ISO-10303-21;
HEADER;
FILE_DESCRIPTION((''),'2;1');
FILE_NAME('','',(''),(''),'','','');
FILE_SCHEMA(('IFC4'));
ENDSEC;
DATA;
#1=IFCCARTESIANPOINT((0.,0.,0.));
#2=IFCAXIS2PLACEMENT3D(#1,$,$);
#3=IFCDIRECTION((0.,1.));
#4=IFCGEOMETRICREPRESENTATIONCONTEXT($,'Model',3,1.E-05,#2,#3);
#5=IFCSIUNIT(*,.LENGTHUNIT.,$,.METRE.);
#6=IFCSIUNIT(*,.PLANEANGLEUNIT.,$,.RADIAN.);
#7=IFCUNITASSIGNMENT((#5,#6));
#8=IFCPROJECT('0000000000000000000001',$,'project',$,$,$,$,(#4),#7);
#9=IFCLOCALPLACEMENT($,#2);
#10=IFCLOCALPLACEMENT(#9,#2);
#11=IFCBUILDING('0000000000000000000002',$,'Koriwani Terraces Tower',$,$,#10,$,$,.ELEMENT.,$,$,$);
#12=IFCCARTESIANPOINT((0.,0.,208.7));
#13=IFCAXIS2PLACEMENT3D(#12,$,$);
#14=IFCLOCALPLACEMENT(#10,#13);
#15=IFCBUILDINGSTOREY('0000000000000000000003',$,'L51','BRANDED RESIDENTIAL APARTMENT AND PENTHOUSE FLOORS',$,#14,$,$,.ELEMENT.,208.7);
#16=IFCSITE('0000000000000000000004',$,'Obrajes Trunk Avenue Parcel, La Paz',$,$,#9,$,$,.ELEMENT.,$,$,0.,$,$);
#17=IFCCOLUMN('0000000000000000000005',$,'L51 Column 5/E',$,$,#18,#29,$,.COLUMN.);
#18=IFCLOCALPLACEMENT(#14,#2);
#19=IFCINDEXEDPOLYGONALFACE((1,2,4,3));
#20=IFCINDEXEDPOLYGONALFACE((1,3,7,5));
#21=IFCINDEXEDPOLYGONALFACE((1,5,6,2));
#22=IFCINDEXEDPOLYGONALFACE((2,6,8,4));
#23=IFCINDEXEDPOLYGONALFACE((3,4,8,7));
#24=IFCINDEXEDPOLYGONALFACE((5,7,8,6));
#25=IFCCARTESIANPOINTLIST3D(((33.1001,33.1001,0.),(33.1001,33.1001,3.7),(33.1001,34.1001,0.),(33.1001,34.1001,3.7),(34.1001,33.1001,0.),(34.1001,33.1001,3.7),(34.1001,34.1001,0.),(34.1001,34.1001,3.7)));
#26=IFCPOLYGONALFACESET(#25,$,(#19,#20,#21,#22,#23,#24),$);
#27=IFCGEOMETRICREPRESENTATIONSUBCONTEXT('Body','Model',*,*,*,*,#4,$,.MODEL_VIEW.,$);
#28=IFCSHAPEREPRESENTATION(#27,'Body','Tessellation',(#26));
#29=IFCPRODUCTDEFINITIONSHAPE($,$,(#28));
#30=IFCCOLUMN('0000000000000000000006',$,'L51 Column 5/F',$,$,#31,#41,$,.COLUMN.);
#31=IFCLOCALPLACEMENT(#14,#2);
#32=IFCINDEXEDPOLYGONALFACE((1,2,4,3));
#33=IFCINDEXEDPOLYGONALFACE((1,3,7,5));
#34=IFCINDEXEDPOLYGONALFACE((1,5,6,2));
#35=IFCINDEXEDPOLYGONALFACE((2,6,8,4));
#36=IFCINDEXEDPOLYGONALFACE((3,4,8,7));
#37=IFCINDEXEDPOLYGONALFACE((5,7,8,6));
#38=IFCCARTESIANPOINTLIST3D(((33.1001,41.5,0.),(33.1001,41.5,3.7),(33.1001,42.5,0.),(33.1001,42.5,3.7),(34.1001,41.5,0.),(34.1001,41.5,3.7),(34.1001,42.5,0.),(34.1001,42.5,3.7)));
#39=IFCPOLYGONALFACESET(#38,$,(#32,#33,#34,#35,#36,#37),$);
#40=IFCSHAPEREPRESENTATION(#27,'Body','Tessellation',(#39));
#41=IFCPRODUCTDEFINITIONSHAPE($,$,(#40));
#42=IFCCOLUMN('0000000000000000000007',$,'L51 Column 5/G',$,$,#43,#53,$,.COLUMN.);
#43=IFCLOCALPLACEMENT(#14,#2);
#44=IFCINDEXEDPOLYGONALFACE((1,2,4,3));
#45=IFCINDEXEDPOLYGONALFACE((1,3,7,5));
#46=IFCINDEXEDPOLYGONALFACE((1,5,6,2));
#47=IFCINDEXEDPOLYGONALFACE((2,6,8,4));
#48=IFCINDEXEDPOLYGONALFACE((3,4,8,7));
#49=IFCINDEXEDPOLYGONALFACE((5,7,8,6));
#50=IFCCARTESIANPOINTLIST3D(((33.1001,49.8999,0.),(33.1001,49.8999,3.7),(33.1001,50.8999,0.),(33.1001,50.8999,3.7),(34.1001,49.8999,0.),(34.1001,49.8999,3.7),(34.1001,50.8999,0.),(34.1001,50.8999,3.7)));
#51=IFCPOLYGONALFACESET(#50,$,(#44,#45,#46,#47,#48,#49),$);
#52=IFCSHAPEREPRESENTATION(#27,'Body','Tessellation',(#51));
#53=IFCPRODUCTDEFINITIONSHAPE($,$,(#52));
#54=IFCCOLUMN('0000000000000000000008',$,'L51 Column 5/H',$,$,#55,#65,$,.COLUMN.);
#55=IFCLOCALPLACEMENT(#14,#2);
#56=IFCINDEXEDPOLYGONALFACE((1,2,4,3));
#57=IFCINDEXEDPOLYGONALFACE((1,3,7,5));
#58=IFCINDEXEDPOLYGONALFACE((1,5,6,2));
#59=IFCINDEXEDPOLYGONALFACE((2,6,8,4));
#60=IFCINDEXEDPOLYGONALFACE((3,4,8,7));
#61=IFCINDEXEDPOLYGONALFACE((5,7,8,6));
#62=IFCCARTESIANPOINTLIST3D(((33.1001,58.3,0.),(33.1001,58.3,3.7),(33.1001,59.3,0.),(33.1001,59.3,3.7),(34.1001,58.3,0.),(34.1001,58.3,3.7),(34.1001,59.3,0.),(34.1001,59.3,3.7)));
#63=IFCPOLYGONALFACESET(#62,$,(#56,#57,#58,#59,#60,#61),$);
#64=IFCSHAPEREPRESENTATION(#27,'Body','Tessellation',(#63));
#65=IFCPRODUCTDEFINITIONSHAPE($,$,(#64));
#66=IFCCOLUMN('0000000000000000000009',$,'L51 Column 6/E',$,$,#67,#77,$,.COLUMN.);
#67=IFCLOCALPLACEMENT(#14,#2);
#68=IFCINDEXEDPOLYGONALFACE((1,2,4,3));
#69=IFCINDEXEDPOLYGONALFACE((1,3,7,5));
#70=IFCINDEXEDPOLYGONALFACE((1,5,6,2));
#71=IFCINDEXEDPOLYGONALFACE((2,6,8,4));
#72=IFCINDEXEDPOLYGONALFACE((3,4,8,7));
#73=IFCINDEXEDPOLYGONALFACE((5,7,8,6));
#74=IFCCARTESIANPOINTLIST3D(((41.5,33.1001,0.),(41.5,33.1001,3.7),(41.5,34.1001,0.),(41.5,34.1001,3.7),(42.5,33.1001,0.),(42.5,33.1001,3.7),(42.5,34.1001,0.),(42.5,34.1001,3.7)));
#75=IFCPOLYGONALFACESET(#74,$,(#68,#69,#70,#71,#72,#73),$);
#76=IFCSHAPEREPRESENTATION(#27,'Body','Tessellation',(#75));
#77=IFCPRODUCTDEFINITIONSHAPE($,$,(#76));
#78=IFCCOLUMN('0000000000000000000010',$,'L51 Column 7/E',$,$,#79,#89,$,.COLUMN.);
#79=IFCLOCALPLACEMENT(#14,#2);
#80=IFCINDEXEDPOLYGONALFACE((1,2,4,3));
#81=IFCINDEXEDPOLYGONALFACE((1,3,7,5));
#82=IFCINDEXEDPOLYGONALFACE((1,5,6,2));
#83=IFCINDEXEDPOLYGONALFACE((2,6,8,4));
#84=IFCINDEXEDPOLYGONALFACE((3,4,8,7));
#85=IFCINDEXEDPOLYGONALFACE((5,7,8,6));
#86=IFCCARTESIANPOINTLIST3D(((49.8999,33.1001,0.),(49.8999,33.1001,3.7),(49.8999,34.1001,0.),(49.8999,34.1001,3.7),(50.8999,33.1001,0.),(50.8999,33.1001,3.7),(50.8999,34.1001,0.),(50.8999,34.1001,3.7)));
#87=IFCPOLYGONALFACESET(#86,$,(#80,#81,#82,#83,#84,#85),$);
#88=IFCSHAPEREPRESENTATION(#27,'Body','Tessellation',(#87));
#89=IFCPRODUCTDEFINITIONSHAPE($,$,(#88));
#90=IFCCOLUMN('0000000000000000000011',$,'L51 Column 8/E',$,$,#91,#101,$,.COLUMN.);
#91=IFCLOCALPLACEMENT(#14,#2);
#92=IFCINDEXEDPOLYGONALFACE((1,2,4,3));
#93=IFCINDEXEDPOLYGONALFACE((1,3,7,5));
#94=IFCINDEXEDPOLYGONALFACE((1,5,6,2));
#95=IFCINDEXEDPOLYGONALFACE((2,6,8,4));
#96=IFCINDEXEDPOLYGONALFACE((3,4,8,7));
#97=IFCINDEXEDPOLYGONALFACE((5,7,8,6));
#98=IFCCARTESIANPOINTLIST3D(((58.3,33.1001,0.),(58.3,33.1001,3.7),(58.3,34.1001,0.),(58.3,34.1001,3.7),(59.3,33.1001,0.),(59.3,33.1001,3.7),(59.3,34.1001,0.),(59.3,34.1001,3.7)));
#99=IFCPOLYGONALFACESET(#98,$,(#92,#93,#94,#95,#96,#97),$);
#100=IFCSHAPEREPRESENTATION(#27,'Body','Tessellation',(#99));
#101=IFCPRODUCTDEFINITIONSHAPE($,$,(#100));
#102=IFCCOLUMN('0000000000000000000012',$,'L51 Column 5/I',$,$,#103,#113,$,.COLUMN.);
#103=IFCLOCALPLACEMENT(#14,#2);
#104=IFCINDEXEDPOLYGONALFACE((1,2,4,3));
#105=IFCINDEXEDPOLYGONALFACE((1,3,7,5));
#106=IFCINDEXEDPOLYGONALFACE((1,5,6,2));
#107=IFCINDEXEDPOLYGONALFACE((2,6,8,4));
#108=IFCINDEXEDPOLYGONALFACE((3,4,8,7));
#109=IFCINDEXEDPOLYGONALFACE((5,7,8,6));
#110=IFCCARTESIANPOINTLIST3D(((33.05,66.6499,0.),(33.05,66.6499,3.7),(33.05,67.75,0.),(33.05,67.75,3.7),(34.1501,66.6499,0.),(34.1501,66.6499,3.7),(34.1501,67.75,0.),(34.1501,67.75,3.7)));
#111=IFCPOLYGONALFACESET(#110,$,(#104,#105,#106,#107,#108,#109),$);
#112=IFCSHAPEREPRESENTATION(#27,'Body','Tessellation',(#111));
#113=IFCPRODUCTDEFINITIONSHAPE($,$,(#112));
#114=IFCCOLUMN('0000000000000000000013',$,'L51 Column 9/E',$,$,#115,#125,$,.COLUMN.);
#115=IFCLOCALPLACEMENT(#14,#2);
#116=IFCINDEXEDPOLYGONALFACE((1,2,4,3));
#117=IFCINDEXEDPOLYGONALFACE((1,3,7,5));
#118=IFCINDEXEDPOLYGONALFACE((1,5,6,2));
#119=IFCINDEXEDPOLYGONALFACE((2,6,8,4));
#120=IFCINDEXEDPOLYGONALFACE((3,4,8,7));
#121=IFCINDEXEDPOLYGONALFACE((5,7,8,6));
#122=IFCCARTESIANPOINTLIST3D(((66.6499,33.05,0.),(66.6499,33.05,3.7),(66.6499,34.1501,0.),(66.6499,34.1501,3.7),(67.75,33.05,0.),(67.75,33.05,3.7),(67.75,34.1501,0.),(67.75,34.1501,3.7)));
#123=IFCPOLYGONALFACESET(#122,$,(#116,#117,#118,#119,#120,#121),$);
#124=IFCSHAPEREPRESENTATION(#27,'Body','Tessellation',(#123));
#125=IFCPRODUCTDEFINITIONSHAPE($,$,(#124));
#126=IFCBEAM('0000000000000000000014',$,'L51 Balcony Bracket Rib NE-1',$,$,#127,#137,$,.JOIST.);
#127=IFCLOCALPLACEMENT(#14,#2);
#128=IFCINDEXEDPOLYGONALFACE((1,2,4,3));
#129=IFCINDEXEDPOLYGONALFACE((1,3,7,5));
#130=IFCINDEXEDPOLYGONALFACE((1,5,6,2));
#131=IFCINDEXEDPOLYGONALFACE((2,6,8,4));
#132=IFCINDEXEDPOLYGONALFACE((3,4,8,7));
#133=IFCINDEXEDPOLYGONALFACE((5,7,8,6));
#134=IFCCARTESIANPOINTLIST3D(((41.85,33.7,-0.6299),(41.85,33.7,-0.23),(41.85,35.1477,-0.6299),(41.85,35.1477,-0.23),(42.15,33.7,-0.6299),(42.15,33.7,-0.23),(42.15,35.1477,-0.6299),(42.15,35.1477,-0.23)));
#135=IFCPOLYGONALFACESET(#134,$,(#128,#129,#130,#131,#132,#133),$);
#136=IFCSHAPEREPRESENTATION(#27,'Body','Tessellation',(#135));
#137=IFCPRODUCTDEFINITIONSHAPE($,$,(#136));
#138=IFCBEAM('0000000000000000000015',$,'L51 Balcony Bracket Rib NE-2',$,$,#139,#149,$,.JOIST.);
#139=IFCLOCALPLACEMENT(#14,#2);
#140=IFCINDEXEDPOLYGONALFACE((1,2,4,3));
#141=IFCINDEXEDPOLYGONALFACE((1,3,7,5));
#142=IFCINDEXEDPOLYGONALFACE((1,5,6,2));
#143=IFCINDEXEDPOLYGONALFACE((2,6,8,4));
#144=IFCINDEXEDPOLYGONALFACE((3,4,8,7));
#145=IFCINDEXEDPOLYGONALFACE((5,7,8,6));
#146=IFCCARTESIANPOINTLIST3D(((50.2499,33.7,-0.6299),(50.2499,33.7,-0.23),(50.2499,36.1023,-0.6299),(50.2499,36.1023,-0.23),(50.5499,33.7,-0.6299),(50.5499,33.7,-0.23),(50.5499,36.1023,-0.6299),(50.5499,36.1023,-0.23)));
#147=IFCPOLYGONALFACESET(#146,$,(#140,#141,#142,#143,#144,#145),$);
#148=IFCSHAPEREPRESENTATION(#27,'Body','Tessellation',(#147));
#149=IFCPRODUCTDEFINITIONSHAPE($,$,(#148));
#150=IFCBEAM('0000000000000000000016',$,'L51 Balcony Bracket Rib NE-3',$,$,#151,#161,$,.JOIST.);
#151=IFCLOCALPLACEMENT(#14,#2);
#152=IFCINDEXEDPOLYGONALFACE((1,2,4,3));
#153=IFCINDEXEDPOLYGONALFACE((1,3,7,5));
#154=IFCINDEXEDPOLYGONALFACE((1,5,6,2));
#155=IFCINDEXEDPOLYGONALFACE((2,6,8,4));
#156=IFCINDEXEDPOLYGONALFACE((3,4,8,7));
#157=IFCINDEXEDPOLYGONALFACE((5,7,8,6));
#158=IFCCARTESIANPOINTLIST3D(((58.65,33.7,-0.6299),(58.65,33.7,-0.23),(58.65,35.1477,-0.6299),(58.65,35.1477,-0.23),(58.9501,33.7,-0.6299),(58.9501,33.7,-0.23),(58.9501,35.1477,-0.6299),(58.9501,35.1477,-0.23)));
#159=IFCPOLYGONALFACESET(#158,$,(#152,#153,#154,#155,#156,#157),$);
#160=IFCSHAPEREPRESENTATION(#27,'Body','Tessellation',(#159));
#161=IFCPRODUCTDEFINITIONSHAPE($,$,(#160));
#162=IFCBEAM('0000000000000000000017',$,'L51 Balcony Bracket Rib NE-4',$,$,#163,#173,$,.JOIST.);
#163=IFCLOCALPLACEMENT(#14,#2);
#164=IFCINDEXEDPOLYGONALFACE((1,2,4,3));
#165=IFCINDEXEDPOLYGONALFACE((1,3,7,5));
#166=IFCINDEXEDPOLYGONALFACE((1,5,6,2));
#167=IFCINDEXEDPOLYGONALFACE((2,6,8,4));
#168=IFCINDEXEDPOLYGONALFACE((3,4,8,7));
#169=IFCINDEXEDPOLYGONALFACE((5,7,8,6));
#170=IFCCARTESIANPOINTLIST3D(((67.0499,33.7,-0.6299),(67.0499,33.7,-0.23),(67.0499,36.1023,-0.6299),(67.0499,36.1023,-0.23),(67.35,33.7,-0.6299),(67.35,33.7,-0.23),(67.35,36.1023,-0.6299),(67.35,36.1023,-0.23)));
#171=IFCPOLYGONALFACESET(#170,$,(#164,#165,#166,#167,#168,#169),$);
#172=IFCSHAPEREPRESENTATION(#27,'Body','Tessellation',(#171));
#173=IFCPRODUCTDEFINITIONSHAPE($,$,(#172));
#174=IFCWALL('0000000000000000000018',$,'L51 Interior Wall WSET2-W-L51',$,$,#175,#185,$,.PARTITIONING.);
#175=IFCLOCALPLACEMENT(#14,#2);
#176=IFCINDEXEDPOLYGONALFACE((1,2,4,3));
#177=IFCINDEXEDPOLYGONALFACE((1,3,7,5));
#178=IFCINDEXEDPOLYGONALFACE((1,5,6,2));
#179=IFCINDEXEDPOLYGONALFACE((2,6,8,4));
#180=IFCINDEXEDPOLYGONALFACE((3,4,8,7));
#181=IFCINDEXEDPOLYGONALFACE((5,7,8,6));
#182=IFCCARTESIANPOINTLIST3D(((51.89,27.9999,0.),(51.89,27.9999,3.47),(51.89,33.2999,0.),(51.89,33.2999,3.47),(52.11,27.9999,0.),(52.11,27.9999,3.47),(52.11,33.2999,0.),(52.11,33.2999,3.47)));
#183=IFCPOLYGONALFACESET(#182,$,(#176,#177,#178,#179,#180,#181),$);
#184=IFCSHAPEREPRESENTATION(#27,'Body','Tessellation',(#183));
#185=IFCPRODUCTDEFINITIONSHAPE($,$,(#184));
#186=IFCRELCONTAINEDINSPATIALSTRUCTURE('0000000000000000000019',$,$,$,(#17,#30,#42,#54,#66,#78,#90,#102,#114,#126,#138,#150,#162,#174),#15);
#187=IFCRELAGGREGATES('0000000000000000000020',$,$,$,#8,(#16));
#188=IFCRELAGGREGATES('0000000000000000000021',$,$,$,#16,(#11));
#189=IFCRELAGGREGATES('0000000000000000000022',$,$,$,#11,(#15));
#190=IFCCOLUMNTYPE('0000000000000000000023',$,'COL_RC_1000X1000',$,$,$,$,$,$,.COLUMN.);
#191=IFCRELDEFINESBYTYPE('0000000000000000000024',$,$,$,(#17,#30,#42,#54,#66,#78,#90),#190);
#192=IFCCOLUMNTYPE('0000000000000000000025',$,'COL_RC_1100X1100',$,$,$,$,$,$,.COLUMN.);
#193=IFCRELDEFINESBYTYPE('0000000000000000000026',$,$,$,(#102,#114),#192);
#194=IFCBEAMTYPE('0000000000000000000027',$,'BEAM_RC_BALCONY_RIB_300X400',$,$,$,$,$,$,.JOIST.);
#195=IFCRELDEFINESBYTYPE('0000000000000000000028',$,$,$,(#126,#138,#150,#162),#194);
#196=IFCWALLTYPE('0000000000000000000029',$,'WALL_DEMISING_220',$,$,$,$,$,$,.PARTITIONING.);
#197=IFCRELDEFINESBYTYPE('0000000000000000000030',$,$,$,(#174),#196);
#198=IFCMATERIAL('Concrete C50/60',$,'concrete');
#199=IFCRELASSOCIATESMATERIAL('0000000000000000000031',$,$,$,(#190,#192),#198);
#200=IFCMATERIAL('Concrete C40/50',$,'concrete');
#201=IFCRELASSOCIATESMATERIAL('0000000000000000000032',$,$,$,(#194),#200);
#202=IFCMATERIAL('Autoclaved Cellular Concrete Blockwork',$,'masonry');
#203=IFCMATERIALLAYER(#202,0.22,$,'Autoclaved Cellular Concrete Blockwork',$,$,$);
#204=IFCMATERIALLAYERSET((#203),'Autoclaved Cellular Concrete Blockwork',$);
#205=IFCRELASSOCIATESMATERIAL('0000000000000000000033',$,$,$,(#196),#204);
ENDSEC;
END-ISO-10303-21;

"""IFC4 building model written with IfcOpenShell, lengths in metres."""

from ifc_helpers import new_model, si_unit, direction, frame, frame_2d, origin, origin_2d, place, context, subcontext, project, spatial, rectangle, extrude, material, layer, layer_set, material_profile, profile_set, type_object, element, save


model = new_model("IFC4")

# Units and contexts
model_context = context("Model", 3, precision=1e-05, world=origin(), true_north=direction((0.0, 1.0)))
body_context = subcontext(model_context, "Body", "Model", "MODEL_VIEW")
ifc_project = project(units=[si_unit("LENGTHUNIT", "METRE"), si_unit("PLANEANGLEUNIT", "RADIAN")], contexts=[model_context])

# Site, building, storey
site_placement = place(None, origin())
site = spatial("IfcSite", under=ifc_project, at=site_placement, Name="Obrajes Trunk Avenue Parcel, La Paz", CompositionType="ELEMENT", RefElevation=0.0)
building_placement = place(site_placement, origin())
building = spatial("IfcBuilding", under=site, at=building_placement, Name="Koriwani Terraces Tower", CompositionType="ELEMENT")
storey_placement = place(building_placement, frame((0.0, 0.0, 208.7)))
storey = spatial("IfcBuildingStorey", under=building, at=storey_placement, Name="L51", Description="BRANDED RESIDENTIAL APARTMENT AND PENTHOUSE FLOORS", CompositionType="ELEMENT", Elevation=208.7)

# Columns
ifc_material_1 = material(Name="Concrete C50/60", Category="concrete")
ifc_material_profile_1 = material_profile(ifc_material_1, rectangle(XDim=1.0, YDim=1.0, at=origin_2d()), Name="Concrete C50/60", Category="LoadBearing")
ifc_profile_set_1 = profile_set([ifc_material_profile_1], Name="Concrete C50/60")
column_type_1 = type_object("IfcColumnType", Name="COL_RC_1000X1000", PredefinedType="COLUMN", material=ifc_profile_set_1)
for number, where, z_axis, x_axis, name in (
    (1, (33.6001, 33.6001, 0.0), (0.0, 0.0, 1.0), (1.0, 0.0, 0.0), "L51 Column 5/E"),
    (2, (33.6001, 42.0, 0.0), (0.0, 0.0, 1.0), (1.0, 0.0, 0.0), "L51 Column 5/F"),
    (3, (33.6001, 50.3999, 0.0), (0.0, 0.0, 1.0), (1.0, 0.0, 0.0), "L51 Column 5/G"),
    (4, (33.6001, 58.8, 0.0), (0.0, 0.0, 1.0), (1.0, 0.0, 0.0), "L51 Column 5/H"),
    (5, (42.0, 33.6001, 0.0), (0.0, 0.0, 1.0), (1.0, 0.0, 0.0), "L51 Column 6/E"),
    (6, (50.3999, 33.6001, 0.0), (0.0, 0.0, 1.0), (1.0, 0.0, 0.0), "L51 Column 7/E"),
    (7, (58.8, 33.6001, 0.0), (0.0, 0.0, 1.0), (1.0, 0.0, 0.0), "L51 Column 8/E"),
):
    element("IfcColumn", number, at=place(storey_placement, frame(where, z_axis=z_axis, x_axis=x_axis)), inside=storey, type_object=column_type_1, Name=name, PredefinedType="COLUMN", context=body_context, shape_type="SweptSolid", body=[
        extrude(rectangle(XDim=1.0, YDim=1.0, at=origin_2d()), origin(), (0.0, 0.0, 1.0), 3.7),
    ])
ifc_material_profile_2 = material_profile(ifc_material_1, rectangle(XDim=1.1001, YDim=1.1001, at=origin_2d()), Name="Concrete C50/60", Category="LoadBearing")
ifc_profile_set_2 = profile_set([ifc_material_profile_2], Name="Concrete C50/60")
column_type_2 = type_object("IfcColumnType", Name="COL_RC_1100X1100", PredefinedType="COLUMN", material=ifc_profile_set_2)
for number, where, z_axis, x_axis, name in (
    (8, (33.6001, 67.2, 0.0), (0.0, 0.0, 1.0), (1.0, 0.0, 0.0), "L51 Column 5/I"),
    (9, (67.2, 33.6001, 0.0), (0.0, 0.0, 1.0), (1.0, 0.0, 0.0), "L51 Column 9/E"),
):
    element("IfcColumn", number, at=place(storey_placement, frame(where, z_axis=z_axis, x_axis=x_axis)), inside=storey, type_object=column_type_2, Name=name, PredefinedType="COLUMN", context=body_context, shape_type="SweptSolid", body=[
        extrude(rectangle(XDim=1.1001, YDim=1.1001, at=origin_2d()), origin(), (0.0, 0.0, 1.0), 3.7),
    ])

# Beams
ifc_material_2 = material(Name="Concrete C40/50", Category="concrete")
ifc_material_profile_3 = material_profile(ifc_material_2, rectangle(XDim=0.3, YDim=0.3999, at=origin_2d()), Name="Concrete C40/50", Category="LoadBearing")
ifc_profile_set_3 = profile_set([ifc_material_profile_3], Name="Concrete C40/50")
beam_type = type_object("IfcBeamType", Name="BEAM_RC_BALCONY_RIB_300X400", PredefinedType="JOIST", material=ifc_profile_set_3)
beam_1_placement = place(storey_placement, frame((42.0, 33.7, -0.4299), z_axis=(0.0, 1.0, 0.0), x_axis=(-1.0, 0.0, 0.0)))
element("IfcBeam", 10, at=beam_1_placement, inside=storey, type_object=beam_type, Name="L51 Balcony Bracket Rib NE-1", PredefinedType="JOIST", context=body_context, shape_type="SweptSolid", body=[
    extrude(rectangle(XDim=0.3, YDim=0.3999, at=origin_2d()), origin(), (0.0, 0.0, 1.0), 1.4478),
])
beam_2_placement = place(storey_placement, frame((50.3999, 33.7, -0.4299), z_axis=(0.0, 1.0, 0.0), x_axis=(-1.0, 0.0, 0.0)))
element("IfcBeam", 11, at=beam_2_placement, inside=storey, type_object=beam_type, Name="L51 Balcony Bracket Rib NE-2", PredefinedType="JOIST", context=body_context, shape_type="SweptSolid", body=[
    extrude(rectangle(XDim=0.3, YDim=0.3999, at=origin_2d()), origin(), (0.0, 0.0, 1.0), 2.4023),
])
beam_3_placement = place(storey_placement, frame((58.8, 33.7, -0.4299), z_axis=(0.0, 1.0, 0.0), x_axis=(-1.0, 0.0, 0.0)))
element("IfcBeam", 12, at=beam_3_placement, inside=storey, type_object=beam_type, Name="L51 Balcony Bracket Rib NE-3", PredefinedType="JOIST", context=body_context, shape_type="SweptSolid", body=[
    extrude(rectangle(XDim=0.3, YDim=0.3999, at=origin_2d()), origin(), (0.0, 0.0, 1.0), 1.4478),
])
beam_4_placement = place(storey_placement, frame((67.2, 33.7, -0.4299), z_axis=(0.0, 1.0, 0.0), x_axis=(-1.0, 0.0, 0.0)))
element("IfcBeam", 13, at=beam_4_placement, inside=storey, type_object=beam_type, Name="L51 Balcony Bracket Rib NE-4", PredefinedType="JOIST", context=body_context, shape_type="SweptSolid", body=[
    extrude(rectangle(XDim=0.3, YDim=0.3999, at=origin_2d()), origin(), (0.0, 0.0, 1.0), 2.4023),
])

# Wall
ifc_material_3 = material(Name="Autoclaved Cellular Concrete Blockwork", Category="masonry")
ifc_layer_1 = layer(ifc_material_3, 0.22, Name="Autoclaved Cellular Concrete Blockwork")
ifc_layer_set_1 = layer_set([ifc_layer_1], Name="Autoclaved Cellular Concrete Blockwork")
wall_type_1 = type_object("IfcWallType", Name="WALL_DEMISING_220", PredefinedType="PARTITIONING", material=ifc_layer_set_1)
wall_1_placement = place(storey_placement, frame((52.0, 28.0, 0.0), z_axis=(0.0, 0.0, 1.0), x_axis=(0.0, 1.0, 0.0)))
element("IfcWall", 14, at=wall_1_placement, inside=storey, type_object=wall_type_1, Name="L51 Interior Wall WSET2-W-L51", PredefinedType="PARTITIONING", context=body_context, shape_type="SweptSolid", body=[
    extrude(rectangle(XDim=5.3, YDim=0.22, at=frame_2d((2.6499, 0.0))), origin(), (0.0, 0.0, 1.0), 3.47),
])

save(model, "model.ifc")
